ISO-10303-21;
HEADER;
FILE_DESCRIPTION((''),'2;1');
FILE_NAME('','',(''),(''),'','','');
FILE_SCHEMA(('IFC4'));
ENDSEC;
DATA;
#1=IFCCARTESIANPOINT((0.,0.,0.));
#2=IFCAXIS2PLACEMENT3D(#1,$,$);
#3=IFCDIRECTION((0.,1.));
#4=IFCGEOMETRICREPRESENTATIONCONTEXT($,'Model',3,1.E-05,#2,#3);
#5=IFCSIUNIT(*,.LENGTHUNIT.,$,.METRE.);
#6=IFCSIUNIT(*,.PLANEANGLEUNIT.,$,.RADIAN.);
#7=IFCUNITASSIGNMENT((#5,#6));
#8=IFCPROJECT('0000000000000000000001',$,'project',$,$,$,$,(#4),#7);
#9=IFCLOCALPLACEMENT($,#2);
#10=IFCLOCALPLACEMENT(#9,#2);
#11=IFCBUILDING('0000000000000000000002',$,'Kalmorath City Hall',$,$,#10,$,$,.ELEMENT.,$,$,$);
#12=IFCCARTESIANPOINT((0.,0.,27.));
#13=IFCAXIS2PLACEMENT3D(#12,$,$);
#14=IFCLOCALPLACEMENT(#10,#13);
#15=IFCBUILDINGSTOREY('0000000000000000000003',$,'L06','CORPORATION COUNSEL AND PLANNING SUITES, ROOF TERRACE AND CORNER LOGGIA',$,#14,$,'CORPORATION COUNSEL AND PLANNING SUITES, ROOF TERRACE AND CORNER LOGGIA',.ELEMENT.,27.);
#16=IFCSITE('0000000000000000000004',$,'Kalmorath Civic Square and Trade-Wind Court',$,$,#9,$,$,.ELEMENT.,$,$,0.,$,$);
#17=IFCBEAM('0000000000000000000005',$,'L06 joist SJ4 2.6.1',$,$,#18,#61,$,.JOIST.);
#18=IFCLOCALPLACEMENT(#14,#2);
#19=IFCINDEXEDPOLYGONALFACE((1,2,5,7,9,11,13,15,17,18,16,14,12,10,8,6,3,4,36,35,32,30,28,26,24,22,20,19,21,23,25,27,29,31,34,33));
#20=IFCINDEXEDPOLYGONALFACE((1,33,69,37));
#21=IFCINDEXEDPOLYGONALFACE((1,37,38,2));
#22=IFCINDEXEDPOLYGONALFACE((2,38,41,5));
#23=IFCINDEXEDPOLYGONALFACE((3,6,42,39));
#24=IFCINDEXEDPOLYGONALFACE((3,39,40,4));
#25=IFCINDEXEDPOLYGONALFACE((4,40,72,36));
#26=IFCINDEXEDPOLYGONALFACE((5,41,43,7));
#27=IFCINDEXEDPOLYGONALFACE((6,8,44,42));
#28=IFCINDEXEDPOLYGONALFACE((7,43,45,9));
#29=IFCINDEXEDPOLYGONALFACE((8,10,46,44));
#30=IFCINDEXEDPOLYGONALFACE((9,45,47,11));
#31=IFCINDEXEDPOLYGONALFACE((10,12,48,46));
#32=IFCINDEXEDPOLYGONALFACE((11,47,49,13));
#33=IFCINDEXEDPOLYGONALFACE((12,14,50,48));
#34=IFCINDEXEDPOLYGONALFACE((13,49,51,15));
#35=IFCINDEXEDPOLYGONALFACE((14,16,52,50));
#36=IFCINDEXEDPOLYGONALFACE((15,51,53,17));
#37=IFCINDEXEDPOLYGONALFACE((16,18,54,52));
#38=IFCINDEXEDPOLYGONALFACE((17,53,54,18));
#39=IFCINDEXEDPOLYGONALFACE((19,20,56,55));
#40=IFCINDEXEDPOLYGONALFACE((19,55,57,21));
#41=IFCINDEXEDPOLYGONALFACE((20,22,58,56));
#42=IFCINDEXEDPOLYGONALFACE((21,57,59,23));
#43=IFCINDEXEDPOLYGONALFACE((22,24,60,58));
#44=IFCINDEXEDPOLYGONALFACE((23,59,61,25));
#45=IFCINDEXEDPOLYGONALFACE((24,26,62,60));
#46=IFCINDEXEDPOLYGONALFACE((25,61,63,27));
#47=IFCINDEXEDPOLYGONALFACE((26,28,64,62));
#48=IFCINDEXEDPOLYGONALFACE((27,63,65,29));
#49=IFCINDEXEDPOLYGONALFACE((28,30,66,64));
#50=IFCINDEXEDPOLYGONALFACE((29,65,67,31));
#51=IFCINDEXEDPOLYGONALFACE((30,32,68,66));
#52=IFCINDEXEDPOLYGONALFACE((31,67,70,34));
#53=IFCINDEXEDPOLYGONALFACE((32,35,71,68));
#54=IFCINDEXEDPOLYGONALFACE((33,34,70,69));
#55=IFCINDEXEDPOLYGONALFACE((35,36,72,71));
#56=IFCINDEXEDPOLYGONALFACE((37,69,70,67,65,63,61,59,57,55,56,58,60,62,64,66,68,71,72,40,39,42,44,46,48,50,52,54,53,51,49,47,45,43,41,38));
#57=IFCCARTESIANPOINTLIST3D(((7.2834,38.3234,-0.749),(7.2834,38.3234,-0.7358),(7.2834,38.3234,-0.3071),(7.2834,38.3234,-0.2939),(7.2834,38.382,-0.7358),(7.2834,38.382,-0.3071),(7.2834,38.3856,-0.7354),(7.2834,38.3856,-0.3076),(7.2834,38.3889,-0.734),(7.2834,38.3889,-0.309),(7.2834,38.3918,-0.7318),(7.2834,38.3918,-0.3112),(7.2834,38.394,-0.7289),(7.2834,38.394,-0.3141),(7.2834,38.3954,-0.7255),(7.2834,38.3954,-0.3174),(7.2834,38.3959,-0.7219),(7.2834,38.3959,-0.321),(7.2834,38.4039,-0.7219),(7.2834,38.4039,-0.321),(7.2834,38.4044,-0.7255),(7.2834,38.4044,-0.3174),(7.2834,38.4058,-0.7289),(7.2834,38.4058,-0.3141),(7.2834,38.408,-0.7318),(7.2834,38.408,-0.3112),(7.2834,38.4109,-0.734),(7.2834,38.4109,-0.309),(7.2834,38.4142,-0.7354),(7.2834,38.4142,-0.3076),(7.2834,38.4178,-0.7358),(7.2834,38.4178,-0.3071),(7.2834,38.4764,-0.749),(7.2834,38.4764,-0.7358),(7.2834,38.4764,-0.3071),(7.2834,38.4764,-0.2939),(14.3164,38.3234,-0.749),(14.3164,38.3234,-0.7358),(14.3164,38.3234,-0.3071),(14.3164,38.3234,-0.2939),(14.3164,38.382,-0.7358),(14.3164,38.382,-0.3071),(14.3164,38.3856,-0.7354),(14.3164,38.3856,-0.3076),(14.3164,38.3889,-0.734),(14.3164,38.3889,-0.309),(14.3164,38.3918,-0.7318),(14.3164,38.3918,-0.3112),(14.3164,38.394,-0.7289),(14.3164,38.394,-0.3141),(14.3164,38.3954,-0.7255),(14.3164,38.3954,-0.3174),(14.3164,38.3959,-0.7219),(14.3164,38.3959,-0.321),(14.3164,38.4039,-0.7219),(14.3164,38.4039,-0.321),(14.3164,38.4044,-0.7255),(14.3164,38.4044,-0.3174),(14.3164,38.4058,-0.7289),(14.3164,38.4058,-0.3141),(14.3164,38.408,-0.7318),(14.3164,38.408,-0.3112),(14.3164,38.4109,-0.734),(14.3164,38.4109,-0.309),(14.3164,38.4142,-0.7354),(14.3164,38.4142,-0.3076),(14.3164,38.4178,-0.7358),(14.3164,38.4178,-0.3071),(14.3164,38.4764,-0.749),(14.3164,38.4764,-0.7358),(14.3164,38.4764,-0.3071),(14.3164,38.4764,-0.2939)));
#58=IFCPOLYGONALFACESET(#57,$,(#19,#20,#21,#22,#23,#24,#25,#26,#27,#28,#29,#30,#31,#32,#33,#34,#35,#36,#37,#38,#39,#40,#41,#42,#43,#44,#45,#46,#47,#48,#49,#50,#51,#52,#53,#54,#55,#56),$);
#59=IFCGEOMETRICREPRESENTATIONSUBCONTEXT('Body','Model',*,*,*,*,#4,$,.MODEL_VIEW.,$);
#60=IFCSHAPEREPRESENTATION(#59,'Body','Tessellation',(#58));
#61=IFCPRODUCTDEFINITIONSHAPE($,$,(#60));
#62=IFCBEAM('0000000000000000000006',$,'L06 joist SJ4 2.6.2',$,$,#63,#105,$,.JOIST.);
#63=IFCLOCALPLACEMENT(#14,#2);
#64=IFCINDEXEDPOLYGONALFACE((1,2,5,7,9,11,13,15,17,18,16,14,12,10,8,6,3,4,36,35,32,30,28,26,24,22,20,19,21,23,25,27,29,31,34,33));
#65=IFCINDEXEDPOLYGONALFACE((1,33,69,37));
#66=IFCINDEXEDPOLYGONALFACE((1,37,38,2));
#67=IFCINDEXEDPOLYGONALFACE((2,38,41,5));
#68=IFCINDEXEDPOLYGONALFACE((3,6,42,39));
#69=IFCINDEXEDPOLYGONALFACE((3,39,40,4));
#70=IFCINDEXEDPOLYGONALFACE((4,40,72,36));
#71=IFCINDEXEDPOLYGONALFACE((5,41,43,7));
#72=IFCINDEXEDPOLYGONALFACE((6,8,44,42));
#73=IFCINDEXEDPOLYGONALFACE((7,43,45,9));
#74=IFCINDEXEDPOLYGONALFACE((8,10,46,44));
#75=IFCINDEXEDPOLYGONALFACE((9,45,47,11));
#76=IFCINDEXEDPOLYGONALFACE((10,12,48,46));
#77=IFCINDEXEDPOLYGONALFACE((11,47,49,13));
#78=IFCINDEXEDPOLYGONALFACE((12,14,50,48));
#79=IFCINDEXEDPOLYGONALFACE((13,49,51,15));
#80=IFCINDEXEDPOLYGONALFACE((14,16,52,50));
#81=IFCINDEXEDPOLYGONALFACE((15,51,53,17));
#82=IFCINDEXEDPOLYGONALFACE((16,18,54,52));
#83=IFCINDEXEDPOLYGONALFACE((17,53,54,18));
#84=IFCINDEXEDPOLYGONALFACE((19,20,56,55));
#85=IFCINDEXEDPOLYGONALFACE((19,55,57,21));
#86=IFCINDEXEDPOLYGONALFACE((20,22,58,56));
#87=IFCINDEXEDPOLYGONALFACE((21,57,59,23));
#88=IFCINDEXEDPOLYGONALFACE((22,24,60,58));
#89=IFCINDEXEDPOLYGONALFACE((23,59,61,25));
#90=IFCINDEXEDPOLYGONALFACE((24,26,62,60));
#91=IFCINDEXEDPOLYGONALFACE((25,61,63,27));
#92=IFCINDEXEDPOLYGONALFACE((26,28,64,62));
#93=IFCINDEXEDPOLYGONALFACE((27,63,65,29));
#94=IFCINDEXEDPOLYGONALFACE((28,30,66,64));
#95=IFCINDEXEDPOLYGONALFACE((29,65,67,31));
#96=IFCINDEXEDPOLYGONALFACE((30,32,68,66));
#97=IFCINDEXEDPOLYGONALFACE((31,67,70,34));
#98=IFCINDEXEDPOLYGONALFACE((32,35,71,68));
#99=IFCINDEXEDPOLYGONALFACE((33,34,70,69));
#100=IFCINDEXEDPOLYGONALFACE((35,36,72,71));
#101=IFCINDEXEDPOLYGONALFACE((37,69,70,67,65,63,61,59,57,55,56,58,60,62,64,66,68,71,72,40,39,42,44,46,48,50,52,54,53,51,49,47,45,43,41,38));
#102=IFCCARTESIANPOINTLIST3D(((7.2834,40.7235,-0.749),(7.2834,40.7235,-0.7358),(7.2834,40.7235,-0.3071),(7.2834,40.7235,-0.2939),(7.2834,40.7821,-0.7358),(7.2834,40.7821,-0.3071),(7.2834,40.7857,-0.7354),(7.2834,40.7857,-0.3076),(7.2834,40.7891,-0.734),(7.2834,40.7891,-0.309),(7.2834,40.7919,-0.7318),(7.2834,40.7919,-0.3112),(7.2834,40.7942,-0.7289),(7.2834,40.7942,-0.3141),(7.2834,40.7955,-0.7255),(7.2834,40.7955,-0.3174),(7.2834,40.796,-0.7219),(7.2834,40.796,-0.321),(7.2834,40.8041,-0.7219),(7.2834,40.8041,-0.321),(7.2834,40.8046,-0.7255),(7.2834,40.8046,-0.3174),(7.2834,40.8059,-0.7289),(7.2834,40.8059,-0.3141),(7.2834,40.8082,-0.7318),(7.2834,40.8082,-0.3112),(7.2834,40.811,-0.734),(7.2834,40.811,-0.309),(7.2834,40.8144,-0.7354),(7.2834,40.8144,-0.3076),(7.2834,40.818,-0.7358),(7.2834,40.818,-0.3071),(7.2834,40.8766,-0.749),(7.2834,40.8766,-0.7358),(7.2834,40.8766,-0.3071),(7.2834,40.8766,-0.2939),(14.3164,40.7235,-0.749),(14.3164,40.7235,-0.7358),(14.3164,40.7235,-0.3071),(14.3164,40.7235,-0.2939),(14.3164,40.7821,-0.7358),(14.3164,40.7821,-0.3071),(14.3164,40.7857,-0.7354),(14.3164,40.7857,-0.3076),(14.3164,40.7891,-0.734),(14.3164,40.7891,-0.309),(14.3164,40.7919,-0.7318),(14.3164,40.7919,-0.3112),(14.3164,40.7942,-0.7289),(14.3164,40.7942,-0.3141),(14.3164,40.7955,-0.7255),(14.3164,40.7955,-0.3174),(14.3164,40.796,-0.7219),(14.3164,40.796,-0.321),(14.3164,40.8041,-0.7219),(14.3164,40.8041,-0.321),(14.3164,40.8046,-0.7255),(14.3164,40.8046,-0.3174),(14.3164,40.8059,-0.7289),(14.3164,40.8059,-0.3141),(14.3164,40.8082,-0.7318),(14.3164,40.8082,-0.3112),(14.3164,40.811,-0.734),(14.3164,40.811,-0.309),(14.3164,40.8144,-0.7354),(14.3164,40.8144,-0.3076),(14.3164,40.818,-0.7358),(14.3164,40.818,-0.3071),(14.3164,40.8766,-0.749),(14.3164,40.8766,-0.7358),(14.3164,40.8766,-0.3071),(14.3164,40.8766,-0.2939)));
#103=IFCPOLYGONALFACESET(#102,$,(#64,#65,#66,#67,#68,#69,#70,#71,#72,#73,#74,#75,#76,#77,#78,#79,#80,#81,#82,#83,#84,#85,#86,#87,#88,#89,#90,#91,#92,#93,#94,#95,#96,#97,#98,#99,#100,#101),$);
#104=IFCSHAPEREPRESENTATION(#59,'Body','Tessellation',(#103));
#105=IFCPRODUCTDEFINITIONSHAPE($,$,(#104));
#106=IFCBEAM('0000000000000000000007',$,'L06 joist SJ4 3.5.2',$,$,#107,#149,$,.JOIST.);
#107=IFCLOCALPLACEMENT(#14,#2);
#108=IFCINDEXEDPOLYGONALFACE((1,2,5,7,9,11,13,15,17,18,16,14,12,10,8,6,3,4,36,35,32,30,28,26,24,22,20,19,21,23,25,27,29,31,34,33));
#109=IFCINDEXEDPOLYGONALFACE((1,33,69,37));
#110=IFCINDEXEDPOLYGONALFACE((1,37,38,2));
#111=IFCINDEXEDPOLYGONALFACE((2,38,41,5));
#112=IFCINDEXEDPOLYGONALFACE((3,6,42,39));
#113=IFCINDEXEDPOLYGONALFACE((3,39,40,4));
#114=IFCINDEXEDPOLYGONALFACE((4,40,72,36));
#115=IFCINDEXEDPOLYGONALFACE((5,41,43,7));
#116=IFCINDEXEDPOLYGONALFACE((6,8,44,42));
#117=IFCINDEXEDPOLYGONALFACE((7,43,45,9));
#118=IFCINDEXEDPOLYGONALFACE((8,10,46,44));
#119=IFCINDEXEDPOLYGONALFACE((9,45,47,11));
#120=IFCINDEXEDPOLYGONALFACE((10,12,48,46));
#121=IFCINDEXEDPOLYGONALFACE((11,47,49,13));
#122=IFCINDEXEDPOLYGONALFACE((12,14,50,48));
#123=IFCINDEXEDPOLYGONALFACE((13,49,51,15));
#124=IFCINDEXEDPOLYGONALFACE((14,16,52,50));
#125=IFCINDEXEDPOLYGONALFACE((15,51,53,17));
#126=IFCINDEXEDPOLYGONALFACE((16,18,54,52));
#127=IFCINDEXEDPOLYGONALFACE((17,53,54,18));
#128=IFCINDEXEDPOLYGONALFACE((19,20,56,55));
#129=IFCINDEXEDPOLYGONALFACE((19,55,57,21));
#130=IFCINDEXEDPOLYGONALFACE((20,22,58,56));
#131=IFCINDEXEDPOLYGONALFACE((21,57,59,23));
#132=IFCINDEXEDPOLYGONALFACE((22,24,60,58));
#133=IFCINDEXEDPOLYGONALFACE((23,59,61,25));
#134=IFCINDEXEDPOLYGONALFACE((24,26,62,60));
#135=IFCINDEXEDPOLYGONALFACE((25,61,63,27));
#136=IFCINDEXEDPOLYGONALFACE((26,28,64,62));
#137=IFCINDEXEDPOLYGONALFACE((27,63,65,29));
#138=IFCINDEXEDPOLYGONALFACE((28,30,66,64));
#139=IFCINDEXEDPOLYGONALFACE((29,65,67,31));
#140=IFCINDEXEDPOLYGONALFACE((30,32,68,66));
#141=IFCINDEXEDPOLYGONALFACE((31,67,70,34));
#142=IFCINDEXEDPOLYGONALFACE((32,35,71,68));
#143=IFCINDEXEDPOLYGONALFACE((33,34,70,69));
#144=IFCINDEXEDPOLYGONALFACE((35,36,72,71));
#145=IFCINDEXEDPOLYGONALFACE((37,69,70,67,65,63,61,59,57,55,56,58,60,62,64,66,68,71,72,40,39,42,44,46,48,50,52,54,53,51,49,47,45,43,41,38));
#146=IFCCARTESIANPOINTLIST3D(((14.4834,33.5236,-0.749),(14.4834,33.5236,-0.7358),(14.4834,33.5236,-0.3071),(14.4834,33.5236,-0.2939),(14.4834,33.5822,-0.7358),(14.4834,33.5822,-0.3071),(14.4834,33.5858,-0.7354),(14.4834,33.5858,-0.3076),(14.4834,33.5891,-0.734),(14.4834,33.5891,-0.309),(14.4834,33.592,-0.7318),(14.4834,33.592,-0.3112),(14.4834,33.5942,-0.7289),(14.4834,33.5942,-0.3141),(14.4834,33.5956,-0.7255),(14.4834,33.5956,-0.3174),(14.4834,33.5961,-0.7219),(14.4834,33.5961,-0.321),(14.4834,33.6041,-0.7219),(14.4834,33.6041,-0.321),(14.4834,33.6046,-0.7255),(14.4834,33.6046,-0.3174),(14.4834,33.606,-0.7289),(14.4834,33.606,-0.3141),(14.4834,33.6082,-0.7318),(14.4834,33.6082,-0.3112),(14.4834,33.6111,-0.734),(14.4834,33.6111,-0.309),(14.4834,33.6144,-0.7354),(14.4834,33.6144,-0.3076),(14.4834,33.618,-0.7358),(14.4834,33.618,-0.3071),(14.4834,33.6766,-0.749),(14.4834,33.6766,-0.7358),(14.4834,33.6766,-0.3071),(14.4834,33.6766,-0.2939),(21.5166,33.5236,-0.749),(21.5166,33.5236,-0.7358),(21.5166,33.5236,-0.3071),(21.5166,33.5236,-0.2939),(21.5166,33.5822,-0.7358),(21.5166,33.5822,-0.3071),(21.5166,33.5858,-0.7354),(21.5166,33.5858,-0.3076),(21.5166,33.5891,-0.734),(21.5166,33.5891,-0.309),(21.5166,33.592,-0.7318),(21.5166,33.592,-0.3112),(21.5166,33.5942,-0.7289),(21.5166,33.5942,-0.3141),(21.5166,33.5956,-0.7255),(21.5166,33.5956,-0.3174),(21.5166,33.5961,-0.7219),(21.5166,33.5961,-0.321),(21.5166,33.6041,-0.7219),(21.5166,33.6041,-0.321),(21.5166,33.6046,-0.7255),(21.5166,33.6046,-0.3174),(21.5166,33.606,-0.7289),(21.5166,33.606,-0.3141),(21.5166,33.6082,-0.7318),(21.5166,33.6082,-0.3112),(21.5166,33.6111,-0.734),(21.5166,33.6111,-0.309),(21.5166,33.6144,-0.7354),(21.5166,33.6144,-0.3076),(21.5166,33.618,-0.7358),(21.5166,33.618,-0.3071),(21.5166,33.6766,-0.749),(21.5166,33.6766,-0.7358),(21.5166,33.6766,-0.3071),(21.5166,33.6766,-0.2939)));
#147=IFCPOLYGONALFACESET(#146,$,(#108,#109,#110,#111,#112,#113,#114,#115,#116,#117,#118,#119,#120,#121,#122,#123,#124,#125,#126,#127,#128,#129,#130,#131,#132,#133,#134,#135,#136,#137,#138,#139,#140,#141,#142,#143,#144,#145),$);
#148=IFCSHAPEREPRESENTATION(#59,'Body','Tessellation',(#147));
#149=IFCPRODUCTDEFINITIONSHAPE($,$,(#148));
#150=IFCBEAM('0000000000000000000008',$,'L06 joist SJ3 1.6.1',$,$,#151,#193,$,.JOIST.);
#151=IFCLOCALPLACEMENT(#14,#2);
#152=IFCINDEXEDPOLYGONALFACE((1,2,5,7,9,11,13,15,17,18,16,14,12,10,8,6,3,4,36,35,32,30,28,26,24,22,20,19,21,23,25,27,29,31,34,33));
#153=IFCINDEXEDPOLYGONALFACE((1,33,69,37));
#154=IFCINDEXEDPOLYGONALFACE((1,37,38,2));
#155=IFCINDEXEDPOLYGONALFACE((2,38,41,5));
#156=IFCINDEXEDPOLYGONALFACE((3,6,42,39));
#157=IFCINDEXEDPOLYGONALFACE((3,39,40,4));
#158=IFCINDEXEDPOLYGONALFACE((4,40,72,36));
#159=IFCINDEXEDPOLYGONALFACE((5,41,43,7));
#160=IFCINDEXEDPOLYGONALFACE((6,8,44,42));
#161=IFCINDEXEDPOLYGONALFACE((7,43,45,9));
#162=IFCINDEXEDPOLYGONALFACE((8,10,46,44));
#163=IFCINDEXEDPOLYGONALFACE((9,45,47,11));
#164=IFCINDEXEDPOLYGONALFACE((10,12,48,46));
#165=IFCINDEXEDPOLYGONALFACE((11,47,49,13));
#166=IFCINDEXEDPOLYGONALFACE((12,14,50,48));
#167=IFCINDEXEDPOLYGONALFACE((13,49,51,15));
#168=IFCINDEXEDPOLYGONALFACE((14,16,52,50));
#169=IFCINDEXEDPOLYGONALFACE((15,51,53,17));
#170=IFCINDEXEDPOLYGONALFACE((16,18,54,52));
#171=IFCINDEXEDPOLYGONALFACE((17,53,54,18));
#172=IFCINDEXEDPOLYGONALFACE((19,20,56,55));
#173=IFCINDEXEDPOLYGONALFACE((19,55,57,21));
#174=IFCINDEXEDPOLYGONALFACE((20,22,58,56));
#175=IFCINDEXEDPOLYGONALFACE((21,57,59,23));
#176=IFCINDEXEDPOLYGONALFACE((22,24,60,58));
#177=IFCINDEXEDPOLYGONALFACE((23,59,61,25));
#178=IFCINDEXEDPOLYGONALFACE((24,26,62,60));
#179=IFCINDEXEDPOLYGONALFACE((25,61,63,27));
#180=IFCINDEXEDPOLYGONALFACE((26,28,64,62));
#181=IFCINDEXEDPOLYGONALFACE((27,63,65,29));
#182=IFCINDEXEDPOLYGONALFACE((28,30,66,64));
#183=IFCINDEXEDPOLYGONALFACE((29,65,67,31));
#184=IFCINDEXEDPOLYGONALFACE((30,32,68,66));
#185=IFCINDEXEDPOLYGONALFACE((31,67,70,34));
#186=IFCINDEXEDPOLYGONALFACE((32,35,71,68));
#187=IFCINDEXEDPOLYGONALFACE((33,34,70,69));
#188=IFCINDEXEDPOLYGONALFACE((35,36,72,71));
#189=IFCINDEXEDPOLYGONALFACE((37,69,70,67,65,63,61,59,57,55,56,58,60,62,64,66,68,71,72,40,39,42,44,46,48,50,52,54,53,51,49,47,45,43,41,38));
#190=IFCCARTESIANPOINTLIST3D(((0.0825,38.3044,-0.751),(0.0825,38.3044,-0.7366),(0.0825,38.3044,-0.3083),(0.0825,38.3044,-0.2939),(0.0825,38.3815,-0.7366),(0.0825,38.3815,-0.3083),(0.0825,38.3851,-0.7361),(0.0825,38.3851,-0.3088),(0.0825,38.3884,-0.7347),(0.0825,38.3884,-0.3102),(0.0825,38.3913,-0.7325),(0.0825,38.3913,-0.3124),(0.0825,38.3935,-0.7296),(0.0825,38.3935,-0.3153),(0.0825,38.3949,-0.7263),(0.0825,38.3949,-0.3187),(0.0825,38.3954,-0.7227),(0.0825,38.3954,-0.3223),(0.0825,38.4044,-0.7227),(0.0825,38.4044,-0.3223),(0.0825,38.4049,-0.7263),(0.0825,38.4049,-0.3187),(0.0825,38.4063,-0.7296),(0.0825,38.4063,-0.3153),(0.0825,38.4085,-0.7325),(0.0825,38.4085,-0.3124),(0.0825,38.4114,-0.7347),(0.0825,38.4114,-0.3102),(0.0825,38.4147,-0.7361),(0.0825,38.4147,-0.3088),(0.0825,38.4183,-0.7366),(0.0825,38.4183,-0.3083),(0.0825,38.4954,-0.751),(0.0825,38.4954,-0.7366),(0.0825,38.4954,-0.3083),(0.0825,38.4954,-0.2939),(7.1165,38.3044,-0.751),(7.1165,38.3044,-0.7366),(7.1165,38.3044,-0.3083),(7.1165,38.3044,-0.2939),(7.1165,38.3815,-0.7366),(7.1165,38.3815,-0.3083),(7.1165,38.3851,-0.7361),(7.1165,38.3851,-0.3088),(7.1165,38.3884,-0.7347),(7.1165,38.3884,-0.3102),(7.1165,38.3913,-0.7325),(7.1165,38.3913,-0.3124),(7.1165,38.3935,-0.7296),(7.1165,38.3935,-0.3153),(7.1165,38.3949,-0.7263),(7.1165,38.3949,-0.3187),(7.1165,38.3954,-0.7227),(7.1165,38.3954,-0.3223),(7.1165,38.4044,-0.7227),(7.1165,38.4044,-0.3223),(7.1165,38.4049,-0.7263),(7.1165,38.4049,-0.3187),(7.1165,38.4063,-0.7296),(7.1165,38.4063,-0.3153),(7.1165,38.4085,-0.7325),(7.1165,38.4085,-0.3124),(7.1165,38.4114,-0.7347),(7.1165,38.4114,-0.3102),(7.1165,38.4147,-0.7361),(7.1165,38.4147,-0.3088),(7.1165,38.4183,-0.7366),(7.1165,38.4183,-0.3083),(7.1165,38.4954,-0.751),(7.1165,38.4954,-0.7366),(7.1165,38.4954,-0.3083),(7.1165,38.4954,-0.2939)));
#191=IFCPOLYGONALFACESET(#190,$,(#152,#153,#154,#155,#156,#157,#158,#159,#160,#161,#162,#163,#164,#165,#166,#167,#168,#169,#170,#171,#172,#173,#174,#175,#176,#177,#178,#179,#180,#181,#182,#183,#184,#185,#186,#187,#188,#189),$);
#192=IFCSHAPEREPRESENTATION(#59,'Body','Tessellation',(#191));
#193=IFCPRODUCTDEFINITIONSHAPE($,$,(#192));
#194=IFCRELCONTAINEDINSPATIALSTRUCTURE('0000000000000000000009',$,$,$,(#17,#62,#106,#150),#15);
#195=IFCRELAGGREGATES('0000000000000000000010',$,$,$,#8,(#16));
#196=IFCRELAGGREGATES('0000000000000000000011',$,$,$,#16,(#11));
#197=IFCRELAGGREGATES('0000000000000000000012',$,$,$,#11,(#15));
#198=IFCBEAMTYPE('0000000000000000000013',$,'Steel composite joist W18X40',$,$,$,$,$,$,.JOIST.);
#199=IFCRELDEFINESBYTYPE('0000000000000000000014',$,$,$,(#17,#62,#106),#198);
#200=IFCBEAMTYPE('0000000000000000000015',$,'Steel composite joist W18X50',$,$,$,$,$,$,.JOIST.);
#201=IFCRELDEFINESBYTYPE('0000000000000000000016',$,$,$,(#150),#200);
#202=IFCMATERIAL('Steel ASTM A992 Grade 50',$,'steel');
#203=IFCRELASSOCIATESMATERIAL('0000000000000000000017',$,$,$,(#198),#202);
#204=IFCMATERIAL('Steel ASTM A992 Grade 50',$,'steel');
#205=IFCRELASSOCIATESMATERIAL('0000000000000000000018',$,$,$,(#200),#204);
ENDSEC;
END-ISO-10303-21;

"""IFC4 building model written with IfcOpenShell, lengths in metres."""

from ifc_helpers import new_model, si_unit, direction, frame, origin, origin_2d, place, context, subcontext, project, spatial, i_section, extrude, material, material_profile, profile_set, type_object, element, save


model = new_model("IFC4")

# Units and contexts
model_context = context("Model", 3, precision=1e-05, world=origin(), true_north=direction((0.0, 1.0)))
body_context = subcontext(model_context, "Body", "Model", "MODEL_VIEW")
ifc_project = project(units=[si_unit("LENGTHUNIT", "METRE"), si_unit("PLANEANGLEUNIT", "RADIAN")], contexts=[model_context])

# Site, building, storey
site_placement = place(None, origin())
site = spatial("IfcSite", under=ifc_project, at=site_placement, Name="Kalmorath Civic Square and Trade-Wind Court", CompositionType="ELEMENT", RefElevation=0.0)
building_placement = place(site_placement, origin())
building = spatial("IfcBuilding", under=site, at=building_placement, Name="Kalmorath City Hall", CompositionType="ELEMENT")
storey_placement = place(building_placement, frame((0.0, 0.0, 27.0)))
storey = spatial("IfcBuildingStorey", under=building, at=storey_placement, Name="L06", Description="CORPORATION COUNSEL AND PLANNING SUITES, ROOF TERRACE AND CORNER LOGGIA", LongName="CORPORATION COUNSEL AND PLANNING SUITES, ROOF TERRACE AND CORNER LOGGIA", CompositionType="ELEMENT", Elevation=27.0)

# Beams
ifc_material_1 = material(Name="Steel ASTM A992 Grade 50", Category="steel")
ifc_material_profile_1 = material_profile(ifc_material_1, i_section(OverallWidth=0.1531, OverallDepth=0.4551, WebThickness=0.0081, FlangeThickness=0.0132, FilletRadius=0.0139, at=origin_2d()), Name="W18X40")
ifc_profile_set_1 = profile_set([ifc_material_profile_1], Name="Steel ASTM A992 Grade 50")
beam_type_1 = type_object("IfcBeamType", Name="Steel composite joist W18X40", PredefinedType="JOIST", material=ifc_profile_set_1)
for number, where, z_axis, x_axis, name in (
    (1, (7.2834, 38.3999, -0.5215), (1.0, 0.0, 0.0), (0.0, 1.0, 0.0), "L06 joist SJ4 2.6.1"),
    (2, (7.2834, 40.8, -0.5215), (1.0, 0.0, 0.0), (0.0, 1.0, 0.0), "L06 joist SJ4 2.6.2"),
):
    element("IfcBeam", number, at=place(storey_placement, frame(where, z_axis=z_axis, x_axis=x_axis)), inside=storey, type_object=beam_type_1, Name=name, PredefinedType="JOIST", context=body_context, shape_type="SweptSolid", body=[
        extrude(i_section(OverallWidth=0.1531, OverallDepth=0.4551, WebThickness=0.0081, FlangeThickness=0.0132, FilletRadius=0.0139, at=origin_2d()), origin(), (0.0, 0.0, 1.0), 7.033),
    ])
beam_1_placement = place(storey_placement, frame((14.4834, 33.6001, -0.5215), z_axis=(1.0, 0.0, 0.0), x_axis=(0.0, 1.0, 0.0)))
element("IfcBeam", 3, at=beam_1_placement, inside=storey, type_object=beam_type_1, Name="L06 joist SJ4 3.5.2", PredefinedType="JOIST", context=body_context, shape_type="SweptSolid", body=[
    extrude(i_section(OverallWidth=0.1531, OverallDepth=0.4551, WebThickness=0.0081, FlangeThickness=0.0132, FilletRadius=0.0139, at=origin_2d()), origin(), (0.0, 0.0, 1.0), 7.0332),
])
ifc_material_2 = material(Name="Steel ASTM A992 Grade 50", Category="steel")
ifc_material_profile_2 = material_profile(ifc_material_2, i_section(OverallWidth=0.1909, OverallDepth=0.457, WebThickness=0.009, FlangeThickness=0.0144, FilletRadius=0.0139, at=origin_2d()), Name="W18X50")
ifc_profile_set_2 = profile_set([ifc_material_profile_2], Name="Steel ASTM A992 Grade 50")
beam_type_2 = type_object("IfcBeamType", Name="Steel composite joist W18X50", PredefinedType="JOIST", material=ifc_profile_set_2)
for number, where, z_axis, x_axis, name in (
    (4, (0.0825, 38.3999, -0.5225), (1.0, 0.0, 0.0), (0.0, 1.0, 0.0), "L06 joist SJ3 1.6.1"),
):
    element("IfcBeam", number, at=place(storey_placement, frame(where, z_axis=z_axis, x_axis=x_axis)), inside=storey, type_object=beam_type_2, Name=name, PredefinedType="JOIST", context=body_context, shape_type="SweptSolid", body=[
        extrude(i_section(OverallWidth=0.1909, OverallDepth=0.457, WebThickness=0.009, FlangeThickness=0.0144, FilletRadius=0.0139, at=origin_2d()), origin(), (0.0, 0.0, 1.0), 7.0339),
    ])

save(model, "model.ifc")
